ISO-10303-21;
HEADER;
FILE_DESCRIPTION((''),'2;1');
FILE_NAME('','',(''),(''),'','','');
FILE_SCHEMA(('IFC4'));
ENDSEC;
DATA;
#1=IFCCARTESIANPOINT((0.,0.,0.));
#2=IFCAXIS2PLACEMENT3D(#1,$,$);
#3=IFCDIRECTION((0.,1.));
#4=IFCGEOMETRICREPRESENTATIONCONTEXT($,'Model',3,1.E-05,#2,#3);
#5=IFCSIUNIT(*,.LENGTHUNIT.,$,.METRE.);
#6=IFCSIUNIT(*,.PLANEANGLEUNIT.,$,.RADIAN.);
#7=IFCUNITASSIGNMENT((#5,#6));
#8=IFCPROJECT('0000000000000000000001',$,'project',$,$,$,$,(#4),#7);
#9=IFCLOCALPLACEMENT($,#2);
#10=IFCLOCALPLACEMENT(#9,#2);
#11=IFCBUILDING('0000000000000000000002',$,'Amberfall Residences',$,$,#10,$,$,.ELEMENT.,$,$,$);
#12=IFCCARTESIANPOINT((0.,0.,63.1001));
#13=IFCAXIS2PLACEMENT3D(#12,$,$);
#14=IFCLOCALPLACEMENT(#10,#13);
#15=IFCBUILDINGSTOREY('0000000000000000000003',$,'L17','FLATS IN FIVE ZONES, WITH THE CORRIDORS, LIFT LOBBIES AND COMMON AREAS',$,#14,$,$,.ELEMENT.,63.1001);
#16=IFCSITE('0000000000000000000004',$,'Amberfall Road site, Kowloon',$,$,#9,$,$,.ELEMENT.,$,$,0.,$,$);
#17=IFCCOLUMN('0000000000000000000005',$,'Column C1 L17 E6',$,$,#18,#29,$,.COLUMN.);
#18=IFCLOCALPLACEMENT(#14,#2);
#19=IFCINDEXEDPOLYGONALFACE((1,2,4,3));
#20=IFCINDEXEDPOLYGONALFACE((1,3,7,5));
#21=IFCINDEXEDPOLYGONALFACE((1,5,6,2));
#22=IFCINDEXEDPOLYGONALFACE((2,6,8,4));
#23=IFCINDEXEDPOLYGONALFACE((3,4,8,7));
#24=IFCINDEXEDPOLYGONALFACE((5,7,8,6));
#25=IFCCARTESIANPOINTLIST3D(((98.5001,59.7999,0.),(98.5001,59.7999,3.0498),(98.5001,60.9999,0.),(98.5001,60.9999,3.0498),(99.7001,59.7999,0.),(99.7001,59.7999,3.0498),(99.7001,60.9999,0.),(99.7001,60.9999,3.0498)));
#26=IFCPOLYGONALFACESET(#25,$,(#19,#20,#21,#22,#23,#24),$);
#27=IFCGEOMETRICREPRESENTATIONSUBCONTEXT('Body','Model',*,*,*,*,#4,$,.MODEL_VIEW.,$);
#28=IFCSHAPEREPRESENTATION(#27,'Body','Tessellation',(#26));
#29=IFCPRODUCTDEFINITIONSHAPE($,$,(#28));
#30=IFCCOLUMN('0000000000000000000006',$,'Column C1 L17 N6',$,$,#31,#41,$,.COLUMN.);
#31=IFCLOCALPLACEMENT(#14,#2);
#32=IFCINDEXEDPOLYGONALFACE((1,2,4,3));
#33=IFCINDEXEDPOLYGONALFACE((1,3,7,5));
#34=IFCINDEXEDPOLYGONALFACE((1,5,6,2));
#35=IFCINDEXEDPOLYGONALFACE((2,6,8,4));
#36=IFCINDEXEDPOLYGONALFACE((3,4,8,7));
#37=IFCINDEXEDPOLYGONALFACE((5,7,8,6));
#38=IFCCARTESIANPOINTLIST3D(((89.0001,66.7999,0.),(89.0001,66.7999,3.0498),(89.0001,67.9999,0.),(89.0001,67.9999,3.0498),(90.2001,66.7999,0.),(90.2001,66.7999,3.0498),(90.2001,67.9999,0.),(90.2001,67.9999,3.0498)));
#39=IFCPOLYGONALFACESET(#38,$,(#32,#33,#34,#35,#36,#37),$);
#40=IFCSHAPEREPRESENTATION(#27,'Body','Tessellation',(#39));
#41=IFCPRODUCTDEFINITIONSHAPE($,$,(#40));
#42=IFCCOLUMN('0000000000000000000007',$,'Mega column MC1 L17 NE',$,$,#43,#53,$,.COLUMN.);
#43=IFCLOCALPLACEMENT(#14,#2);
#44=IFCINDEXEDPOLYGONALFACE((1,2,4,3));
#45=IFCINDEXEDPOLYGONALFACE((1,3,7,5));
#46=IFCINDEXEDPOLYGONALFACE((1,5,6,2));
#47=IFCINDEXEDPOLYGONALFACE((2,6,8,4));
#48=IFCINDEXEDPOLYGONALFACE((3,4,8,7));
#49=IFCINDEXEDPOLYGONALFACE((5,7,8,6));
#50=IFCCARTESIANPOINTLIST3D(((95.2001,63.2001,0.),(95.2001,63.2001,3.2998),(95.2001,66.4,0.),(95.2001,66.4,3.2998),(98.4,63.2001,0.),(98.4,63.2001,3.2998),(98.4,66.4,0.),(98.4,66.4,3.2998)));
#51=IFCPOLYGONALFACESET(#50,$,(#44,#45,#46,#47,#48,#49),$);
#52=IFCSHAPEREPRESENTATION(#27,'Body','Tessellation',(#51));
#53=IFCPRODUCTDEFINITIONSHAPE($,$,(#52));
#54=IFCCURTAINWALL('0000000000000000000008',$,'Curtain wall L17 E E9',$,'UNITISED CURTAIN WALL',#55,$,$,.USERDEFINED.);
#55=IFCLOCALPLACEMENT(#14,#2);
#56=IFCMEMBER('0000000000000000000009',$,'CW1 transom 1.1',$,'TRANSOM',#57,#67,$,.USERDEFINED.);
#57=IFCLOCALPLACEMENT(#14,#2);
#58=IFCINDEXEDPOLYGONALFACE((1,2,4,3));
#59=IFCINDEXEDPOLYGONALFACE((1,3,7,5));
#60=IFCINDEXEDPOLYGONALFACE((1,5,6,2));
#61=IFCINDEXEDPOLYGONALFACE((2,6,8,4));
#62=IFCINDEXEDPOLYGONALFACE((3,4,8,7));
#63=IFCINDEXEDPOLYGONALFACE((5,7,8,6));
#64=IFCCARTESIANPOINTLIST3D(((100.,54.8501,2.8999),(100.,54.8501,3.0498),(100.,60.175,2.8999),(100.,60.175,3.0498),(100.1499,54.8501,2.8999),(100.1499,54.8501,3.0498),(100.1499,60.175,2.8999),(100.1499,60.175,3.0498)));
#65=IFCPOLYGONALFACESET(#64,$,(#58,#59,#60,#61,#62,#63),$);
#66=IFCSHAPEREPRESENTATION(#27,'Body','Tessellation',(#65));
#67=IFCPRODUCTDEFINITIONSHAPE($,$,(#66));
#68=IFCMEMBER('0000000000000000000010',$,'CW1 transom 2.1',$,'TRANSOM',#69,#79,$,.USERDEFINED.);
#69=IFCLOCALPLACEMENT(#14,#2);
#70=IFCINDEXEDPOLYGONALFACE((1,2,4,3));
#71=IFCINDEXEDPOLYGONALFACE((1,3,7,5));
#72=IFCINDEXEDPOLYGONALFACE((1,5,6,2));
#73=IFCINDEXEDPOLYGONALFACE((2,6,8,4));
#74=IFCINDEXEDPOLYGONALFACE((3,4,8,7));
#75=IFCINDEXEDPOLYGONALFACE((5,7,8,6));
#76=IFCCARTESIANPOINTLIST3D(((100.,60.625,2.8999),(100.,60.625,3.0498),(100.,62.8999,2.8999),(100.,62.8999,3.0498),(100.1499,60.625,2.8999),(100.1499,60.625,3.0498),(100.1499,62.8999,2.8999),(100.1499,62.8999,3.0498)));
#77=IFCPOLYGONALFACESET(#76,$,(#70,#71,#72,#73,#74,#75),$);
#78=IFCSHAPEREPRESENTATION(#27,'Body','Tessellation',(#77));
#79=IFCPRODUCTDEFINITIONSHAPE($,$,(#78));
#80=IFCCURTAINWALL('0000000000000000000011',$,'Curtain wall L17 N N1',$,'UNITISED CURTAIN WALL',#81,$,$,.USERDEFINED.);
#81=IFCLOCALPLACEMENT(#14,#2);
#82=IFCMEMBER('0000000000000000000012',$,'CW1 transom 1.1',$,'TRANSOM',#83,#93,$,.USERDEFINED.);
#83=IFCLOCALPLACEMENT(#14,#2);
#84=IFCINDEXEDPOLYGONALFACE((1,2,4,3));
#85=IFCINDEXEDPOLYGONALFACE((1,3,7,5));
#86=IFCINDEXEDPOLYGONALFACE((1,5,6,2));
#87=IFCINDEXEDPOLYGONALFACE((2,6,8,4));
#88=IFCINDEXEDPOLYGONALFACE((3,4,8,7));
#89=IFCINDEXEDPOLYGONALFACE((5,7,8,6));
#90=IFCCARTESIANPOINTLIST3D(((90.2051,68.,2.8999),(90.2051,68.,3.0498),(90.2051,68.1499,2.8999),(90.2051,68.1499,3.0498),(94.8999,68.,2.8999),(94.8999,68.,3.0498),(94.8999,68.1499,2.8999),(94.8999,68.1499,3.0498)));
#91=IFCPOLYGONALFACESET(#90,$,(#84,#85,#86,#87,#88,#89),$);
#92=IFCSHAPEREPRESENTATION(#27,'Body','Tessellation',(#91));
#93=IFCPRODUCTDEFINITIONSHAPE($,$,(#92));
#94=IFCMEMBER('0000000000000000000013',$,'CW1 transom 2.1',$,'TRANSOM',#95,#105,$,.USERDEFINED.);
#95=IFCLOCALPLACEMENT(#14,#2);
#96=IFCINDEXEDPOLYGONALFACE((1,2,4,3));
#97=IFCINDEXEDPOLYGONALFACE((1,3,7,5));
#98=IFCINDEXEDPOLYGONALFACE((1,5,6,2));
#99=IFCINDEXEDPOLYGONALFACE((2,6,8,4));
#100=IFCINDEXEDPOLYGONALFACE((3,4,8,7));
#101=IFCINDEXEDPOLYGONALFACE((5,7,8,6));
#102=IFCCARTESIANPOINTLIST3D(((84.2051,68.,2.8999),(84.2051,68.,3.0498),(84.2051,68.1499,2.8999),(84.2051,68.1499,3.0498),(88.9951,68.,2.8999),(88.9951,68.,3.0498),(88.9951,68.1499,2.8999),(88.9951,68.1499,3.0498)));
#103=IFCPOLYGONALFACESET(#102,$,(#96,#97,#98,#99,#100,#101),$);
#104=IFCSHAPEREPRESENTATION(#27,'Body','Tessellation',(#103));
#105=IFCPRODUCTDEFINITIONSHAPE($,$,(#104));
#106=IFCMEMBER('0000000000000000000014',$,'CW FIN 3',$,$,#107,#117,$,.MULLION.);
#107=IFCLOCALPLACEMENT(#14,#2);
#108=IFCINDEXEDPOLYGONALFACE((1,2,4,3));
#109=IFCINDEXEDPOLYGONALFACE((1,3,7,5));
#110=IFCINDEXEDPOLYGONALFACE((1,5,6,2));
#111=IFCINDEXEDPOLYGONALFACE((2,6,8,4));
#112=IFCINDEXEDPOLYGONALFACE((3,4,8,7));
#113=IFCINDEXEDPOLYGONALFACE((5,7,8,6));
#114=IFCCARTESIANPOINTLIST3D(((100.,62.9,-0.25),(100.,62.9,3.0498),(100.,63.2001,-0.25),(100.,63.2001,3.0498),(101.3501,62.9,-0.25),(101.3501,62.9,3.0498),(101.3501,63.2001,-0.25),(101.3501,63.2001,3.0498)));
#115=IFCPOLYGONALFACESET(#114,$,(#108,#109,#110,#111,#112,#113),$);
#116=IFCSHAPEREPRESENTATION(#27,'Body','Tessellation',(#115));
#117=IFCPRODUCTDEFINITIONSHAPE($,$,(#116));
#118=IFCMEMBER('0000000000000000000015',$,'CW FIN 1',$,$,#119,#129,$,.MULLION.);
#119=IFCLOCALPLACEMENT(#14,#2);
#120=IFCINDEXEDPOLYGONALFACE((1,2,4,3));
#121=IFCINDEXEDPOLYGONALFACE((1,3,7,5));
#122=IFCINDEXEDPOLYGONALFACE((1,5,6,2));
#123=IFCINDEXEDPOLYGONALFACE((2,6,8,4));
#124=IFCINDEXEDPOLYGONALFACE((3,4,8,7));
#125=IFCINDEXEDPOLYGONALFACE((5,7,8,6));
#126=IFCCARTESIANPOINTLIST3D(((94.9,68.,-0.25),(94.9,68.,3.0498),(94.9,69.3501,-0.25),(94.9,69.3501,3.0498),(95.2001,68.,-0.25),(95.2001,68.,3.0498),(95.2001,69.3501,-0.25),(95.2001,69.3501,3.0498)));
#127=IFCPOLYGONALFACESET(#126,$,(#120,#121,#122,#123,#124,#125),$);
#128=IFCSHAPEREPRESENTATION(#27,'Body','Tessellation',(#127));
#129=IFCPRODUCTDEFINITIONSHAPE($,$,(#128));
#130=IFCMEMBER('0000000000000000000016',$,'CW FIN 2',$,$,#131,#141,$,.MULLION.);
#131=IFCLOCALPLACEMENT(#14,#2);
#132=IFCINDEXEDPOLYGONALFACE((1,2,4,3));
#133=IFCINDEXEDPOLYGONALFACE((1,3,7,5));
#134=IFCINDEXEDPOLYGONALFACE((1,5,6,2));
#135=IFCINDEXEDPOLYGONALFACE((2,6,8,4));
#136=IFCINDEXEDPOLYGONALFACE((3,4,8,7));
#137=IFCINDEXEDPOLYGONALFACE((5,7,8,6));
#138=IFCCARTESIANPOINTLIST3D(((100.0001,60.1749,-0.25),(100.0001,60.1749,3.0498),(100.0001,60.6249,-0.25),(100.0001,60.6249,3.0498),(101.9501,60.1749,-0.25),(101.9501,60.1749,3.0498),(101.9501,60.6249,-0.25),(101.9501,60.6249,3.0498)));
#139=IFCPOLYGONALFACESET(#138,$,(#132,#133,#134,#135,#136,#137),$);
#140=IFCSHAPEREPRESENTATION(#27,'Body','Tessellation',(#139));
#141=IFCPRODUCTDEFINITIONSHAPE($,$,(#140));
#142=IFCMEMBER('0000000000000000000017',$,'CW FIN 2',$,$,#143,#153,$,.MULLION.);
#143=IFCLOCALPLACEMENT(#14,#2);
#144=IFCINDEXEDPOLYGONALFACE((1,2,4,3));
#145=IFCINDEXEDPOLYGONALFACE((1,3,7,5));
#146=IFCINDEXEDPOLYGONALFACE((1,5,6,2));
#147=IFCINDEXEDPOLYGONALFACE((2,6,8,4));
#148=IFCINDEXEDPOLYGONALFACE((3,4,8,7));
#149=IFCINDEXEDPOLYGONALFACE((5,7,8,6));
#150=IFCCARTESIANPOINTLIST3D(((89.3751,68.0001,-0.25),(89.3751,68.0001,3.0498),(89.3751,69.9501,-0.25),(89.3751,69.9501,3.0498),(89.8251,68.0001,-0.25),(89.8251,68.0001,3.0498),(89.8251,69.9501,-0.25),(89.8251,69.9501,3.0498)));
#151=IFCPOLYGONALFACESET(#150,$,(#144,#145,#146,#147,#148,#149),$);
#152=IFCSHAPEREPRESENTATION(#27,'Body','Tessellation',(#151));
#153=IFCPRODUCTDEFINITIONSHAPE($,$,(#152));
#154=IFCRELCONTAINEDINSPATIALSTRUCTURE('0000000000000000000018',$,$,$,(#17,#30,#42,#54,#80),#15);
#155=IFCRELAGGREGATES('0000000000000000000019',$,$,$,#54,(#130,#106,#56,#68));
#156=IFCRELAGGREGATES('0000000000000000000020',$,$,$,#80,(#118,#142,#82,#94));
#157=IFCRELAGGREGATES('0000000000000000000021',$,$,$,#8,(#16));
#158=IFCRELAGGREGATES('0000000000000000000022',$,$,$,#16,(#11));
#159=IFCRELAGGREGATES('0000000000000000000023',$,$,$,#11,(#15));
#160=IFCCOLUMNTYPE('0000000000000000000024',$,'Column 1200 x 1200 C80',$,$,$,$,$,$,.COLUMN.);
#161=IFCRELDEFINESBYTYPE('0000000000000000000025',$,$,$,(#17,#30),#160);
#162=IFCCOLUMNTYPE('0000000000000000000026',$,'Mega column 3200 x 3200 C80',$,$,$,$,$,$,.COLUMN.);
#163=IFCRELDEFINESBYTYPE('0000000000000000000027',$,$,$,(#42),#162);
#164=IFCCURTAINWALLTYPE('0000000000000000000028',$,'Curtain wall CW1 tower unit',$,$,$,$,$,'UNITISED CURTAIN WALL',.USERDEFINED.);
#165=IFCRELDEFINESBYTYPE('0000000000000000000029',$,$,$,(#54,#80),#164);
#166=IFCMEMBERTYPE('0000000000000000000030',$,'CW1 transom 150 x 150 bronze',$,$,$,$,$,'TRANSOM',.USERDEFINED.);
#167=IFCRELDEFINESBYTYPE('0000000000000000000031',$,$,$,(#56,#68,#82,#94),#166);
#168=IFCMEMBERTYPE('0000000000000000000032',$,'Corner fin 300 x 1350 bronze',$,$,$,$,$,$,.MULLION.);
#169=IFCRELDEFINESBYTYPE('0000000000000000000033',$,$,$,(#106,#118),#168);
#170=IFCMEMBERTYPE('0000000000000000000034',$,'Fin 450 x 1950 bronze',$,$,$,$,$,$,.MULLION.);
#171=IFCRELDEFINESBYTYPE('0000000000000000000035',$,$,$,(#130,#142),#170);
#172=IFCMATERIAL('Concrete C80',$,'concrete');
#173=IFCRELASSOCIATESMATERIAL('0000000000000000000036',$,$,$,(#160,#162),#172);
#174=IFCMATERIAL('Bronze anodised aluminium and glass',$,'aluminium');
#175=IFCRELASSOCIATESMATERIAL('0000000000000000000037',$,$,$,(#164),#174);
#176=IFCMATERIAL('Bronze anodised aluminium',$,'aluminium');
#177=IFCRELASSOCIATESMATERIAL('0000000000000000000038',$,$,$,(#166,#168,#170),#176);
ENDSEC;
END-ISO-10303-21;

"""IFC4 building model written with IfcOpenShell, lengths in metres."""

from ifc_helpers import new_model, si_unit, direction, frame, origin, origin_2d, place, context, subcontext, project, spatial, rectangle, extrude, material, material_profile, profile_set, type_object, element, aggregate, save


model = new_model("IFC4")

# Units and contexts
model_context = context("Model", 3, precision=1e-05, world=origin(), true_north=direction((0.0, 1.0)))
body_context = subcontext(model_context, "Body", "Model", "MODEL_VIEW")
ifc_project = project(units=[si_unit("LENGTHUNIT", "METRE"), si_unit("PLANEANGLEUNIT", "RADIAN")], contexts=[model_context])

# Site, building, storey
site_placement = place(None, origin())
site = spatial("IfcSite", under=ifc_project, at=site_placement, Name="Amberfall Road site, Kowloon", CompositionType="ELEMENT", RefElevation=0.0)
building_placement = place(site_placement, origin())
building = spatial("IfcBuilding", under=site, at=building_placement, Name="Amberfall Residences", CompositionType="ELEMENT")
storey_placement = place(building_placement, frame((0.0, 0.0, 63.1001)))
storey = spatial("IfcBuildingStorey", under=building, at=storey_placement, Name="L17", Description="FLATS IN FIVE ZONES, WITH THE CORRIDORS, LIFT LOBBIES AND COMMON AREAS", CompositionType="ELEMENT", Elevation=63.1001)

# Columns
ifc_material_1 = material(Name="Concrete C80", Category="concrete")
ifc_material_profile_1 = material_profile(ifc_material_1, rectangle(XDim=1.2, YDim=1.2, at=origin_2d()), Name="Column 1200 x 1200 C80")
ifc_profile_set_1 = profile_set([ifc_material_profile_1], Name="Concrete C80")
column_type_1 = type_object("IfcColumnType", Name="Column 1200 x 1200 C80", PredefinedType="COLUMN", material=ifc_profile_set_1)
for number, where, z_axis, x_axis, name in (
    (1, (99.1001, 60.3999, 0.0), (0.0, 0.0, 1.0), (1.0, 0.0, 0.0), "Column C1 L17 E6"),
    (2, (89.6001, 67.3999, 0.0), (0.0, 0.0, 1.0), (1.0, 0.0, 0.0), "Column C1 L17 N6"),
):
    element("IfcColumn", number, at=place(storey_placement, frame(where, z_axis=z_axis, x_axis=x_axis)), inside=storey, type_object=column_type_1, Name=name, PredefinedType="COLUMN", context=body_context, shape_type="SweptSolid", body=[
        extrude(rectangle(XDim=1.2, YDim=1.2, at=origin_2d()), origin(), (0.0, 0.0, 1.0), 3.0498),
    ])
ifc_material_profile_2 = material_profile(ifc_material_1, rectangle(XDim=3.2, YDim=3.2, at=origin_2d()), Name="Mega column 3200 x 3200 C80")
ifc_profile_set_2 = profile_set([ifc_material_profile_2], Name="Concrete C80")
column_type_2 = type_object("IfcColumnType", Name="Mega column 3200 x 3200 C80", PredefinedType="COLUMN", material=ifc_profile_set_2)
column_placement = place(storey_placement, frame((96.8, 64.8, 0.0), z_axis=(0.0, 0.0, 1.0), x_axis=(1.0, 0.0, 0.0)))
element("IfcColumn", 3, at=column_placement, inside=storey, type_object=column_type_2, Name="Mega column MC1 L17 NE", PredefinedType="COLUMN", context=body_context, shape_type="SweptSolid", body=[
    extrude(rectangle(XDim=3.2, YDim=3.2, at=origin_2d()), origin(), (0.0, 0.0, 1.0), 3.2998),
])

# Curtain walls, members
ifc_material_2 = material(Name="Bronze anodised aluminium and glass", Category="aluminium")
curtain_wall_type = type_object("IfcCurtainWallType", Name="Curtain wall CW1 tower unit", ElementType="UNITISED CURTAIN WALL", PredefinedType="USERDEFINED", material=ifc_material_2)
curtain_wall_1_placement = place(storey_placement, origin())
curtain_wall_1 = element("IfcCurtainWall", 4, at=curtain_wall_1_placement, inside=storey, type_object=curtain_wall_type, Name="Curtain wall L17 E E9", ObjectType="UNITISED CURTAIN WALL", PredefinedType="USERDEFINED")
ifc_material_3 = material(Name="Bronze anodised aluminium", Category="aluminium")
ifc_material_profile_3 = material_profile(ifc_material_3, rectangle(XDim=0.1499, YDim=0.1499, at=origin_2d()), Name="CW1 transom 150 x 150 bronze")
ifc_profile_set_3 = profile_set([ifc_material_profile_3], Name="Bronze anodised aluminium")
member_type_1 = type_object("IfcMemberType", Name="CW1 transom 150 x 150 bronze", ElementType="TRANSOM", PredefinedType="USERDEFINED", material=ifc_profile_set_3)
member_1_placement = place(storey_placement, frame((100.075, 54.8501, 2.9749), z_axis=(0.0, 1.0, 0.0), x_axis=(-1.0, 0.0, 0.0)))
member_1 = element("IfcMember", 5, at=member_1_placement, type_object=member_type_1, Name="CW1 transom 1.1", ObjectType="TRANSOM", PredefinedType="USERDEFINED", context=body_context, shape_type="SweptSolid", body=[
    extrude(rectangle(XDim=0.1499, YDim=0.1499, at=origin_2d()), origin(), (0.0, 0.0, 1.0), 5.325),
])
member_2_placement = place(storey_placement, frame((100.075, 60.625, 2.9749), z_axis=(0.0, 1.0, 0.0), x_axis=(-1.0, 0.0, 0.0)))
member_2 = element("IfcMember", 6, at=member_2_placement, type_object=member_type_1, Name="CW1 transom 2.1", ObjectType="TRANSOM", PredefinedType="USERDEFINED", context=body_context, shape_type="SweptSolid", body=[
    extrude(rectangle(XDim=0.1499, YDim=0.1499, at=origin_2d()), origin(), (0.0, 0.0, 1.0), 2.2749),
])
curtain_wall_2_placement = place(storey_placement, origin())
curtain_wall_2 = element("IfcCurtainWall", 7, at=curtain_wall_2_placement, inside=storey, type_object=curtain_wall_type, Name="Curtain wall L17 N N1", ObjectType="UNITISED CURTAIN WALL", PredefinedType="USERDEFINED")
member_3_placement = place(storey_placement, frame((94.8999, 68.075, 2.9749), z_axis=(-1.0, 0.0, 0.0), x_axis=(0.0, -1.0, 0.0)))
member_3 = element("IfcMember", 8, at=member_3_placement, type_object=member_type_1, Name="CW1 transom 1.1", ObjectType="TRANSOM", PredefinedType="USERDEFINED", context=body_context, shape_type="SweptSolid", body=[
    extrude(rectangle(XDim=0.1499, YDim=0.1499, at=origin_2d()), origin(), (0.0, 0.0, 1.0), 4.6948),
])
member_4_placement = place(storey_placement, frame((88.9951, 68.075, 2.9749), z_axis=(-1.0, 0.0, 0.0), x_axis=(0.0, -1.0, 0.0)))
member_4 = element("IfcMember", 9, at=member_4_placement, type_object=member_type_1, Name="CW1 transom 2.1", ObjectType="TRANSOM", PredefinedType="USERDEFINED", context=body_context, shape_type="SweptSolid", body=[
    extrude(rectangle(XDim=0.1499, YDim=0.1499, at=origin_2d()), origin(), (0.0, 0.0, 1.0), 4.79),
])

# Members
ifc_material_profile_4 = material_profile(ifc_material_3, rectangle(XDim=1.3501, YDim=0.3, at=origin_2d()), Name="Corner fin 300 x 1350 bronze")
ifc_profile_set_4 = profile_set([ifc_material_profile_4], Name="Bronze anodised aluminium")
member_type_2 = type_object("IfcMemberType", Name="Corner fin 300 x 1350 bronze", PredefinedType="MULLION", material=ifc_profile_set_4)
member_5_placement = place(storey_placement, frame((100.675, 63.05, -0.25), z_axis=(0.0, 0.0, 1.0), x_axis=(-1.0, 0.0, 0.0)))
member_5 = element("IfcMember", 10, at=member_5_placement, type_object=member_type_2, Name="CW FIN 3", PredefinedType="MULLION", context=body_context, shape_type="SweptSolid", body=[
    extrude(rectangle(XDim=1.3501, YDim=0.3, at=origin_2d()), origin(), (0.0, 0.0, 1.0), 3.2998),
])
member_6_placement = place(storey_placement, frame((95.05, 68.675, -0.25), z_axis=(0.0, 0.0, 1.0), x_axis=(0.0, -1.0, 0.0)))
member_6 = element("IfcMember", 11, at=member_6_placement, type_object=member_type_2, Name="CW FIN 1", PredefinedType="MULLION", context=body_context, shape_type="SweptSolid", body=[
    extrude(rectangle(XDim=1.3501, YDim=0.3, at=origin_2d()), origin(), (0.0, 0.0, 1.0), 3.2998),
])
ifc_material_profile_5 = material_profile(ifc_material_3, rectangle(XDim=1.95, YDim=0.45, at=origin_2d()), Name="Fin 450 x 1950 bronze")
ifc_profile_set_5 = profile_set([ifc_material_profile_5], Name="Bronze anodised aluminium")
member_type_3 = type_object("IfcMemberType", Name="Fin 450 x 1950 bronze", PredefinedType="MULLION", material=ifc_profile_set_5)
member_7_placement = place(storey_placement, frame((100.9751, 60.3999, -0.25), z_axis=(0.0, 0.0, 1.0), x_axis=(-1.0, 0.0, 0.0)))
member_7 = element("IfcMember", 12, at=member_7_placement, type_object=member_type_3, Name="CW FIN 2", PredefinedType="MULLION", context=body_context, shape_type="SweptSolid", body=[
    extrude(rectangle(XDim=1.95, YDim=0.45, at=origin_2d()), origin(), (0.0, 0.0, 1.0), 3.2998),
])
member_8_placement = place(storey_placement, frame((89.6001, 68.9751, -0.25), z_axis=(0.0, 0.0, 1.0), x_axis=(0.0, -1.0, 0.0)))
member_8 = element("IfcMember", 13, at=member_8_placement, type_object=member_type_3, Name="CW FIN 2", PredefinedType="MULLION", context=body_context, shape_type="SweptSolid", body=[
    extrude(rectangle(XDim=1.95, YDim=0.45, at=origin_2d()), origin(), (0.0, 0.0, 1.0), 3.2998),
])

aggregate(curtain_wall_1, [member_7, member_5, member_1, member_2])
aggregate(curtain_wall_2, [member_6, member_8, member_3, member_4])

save(model, "model.ifc")
